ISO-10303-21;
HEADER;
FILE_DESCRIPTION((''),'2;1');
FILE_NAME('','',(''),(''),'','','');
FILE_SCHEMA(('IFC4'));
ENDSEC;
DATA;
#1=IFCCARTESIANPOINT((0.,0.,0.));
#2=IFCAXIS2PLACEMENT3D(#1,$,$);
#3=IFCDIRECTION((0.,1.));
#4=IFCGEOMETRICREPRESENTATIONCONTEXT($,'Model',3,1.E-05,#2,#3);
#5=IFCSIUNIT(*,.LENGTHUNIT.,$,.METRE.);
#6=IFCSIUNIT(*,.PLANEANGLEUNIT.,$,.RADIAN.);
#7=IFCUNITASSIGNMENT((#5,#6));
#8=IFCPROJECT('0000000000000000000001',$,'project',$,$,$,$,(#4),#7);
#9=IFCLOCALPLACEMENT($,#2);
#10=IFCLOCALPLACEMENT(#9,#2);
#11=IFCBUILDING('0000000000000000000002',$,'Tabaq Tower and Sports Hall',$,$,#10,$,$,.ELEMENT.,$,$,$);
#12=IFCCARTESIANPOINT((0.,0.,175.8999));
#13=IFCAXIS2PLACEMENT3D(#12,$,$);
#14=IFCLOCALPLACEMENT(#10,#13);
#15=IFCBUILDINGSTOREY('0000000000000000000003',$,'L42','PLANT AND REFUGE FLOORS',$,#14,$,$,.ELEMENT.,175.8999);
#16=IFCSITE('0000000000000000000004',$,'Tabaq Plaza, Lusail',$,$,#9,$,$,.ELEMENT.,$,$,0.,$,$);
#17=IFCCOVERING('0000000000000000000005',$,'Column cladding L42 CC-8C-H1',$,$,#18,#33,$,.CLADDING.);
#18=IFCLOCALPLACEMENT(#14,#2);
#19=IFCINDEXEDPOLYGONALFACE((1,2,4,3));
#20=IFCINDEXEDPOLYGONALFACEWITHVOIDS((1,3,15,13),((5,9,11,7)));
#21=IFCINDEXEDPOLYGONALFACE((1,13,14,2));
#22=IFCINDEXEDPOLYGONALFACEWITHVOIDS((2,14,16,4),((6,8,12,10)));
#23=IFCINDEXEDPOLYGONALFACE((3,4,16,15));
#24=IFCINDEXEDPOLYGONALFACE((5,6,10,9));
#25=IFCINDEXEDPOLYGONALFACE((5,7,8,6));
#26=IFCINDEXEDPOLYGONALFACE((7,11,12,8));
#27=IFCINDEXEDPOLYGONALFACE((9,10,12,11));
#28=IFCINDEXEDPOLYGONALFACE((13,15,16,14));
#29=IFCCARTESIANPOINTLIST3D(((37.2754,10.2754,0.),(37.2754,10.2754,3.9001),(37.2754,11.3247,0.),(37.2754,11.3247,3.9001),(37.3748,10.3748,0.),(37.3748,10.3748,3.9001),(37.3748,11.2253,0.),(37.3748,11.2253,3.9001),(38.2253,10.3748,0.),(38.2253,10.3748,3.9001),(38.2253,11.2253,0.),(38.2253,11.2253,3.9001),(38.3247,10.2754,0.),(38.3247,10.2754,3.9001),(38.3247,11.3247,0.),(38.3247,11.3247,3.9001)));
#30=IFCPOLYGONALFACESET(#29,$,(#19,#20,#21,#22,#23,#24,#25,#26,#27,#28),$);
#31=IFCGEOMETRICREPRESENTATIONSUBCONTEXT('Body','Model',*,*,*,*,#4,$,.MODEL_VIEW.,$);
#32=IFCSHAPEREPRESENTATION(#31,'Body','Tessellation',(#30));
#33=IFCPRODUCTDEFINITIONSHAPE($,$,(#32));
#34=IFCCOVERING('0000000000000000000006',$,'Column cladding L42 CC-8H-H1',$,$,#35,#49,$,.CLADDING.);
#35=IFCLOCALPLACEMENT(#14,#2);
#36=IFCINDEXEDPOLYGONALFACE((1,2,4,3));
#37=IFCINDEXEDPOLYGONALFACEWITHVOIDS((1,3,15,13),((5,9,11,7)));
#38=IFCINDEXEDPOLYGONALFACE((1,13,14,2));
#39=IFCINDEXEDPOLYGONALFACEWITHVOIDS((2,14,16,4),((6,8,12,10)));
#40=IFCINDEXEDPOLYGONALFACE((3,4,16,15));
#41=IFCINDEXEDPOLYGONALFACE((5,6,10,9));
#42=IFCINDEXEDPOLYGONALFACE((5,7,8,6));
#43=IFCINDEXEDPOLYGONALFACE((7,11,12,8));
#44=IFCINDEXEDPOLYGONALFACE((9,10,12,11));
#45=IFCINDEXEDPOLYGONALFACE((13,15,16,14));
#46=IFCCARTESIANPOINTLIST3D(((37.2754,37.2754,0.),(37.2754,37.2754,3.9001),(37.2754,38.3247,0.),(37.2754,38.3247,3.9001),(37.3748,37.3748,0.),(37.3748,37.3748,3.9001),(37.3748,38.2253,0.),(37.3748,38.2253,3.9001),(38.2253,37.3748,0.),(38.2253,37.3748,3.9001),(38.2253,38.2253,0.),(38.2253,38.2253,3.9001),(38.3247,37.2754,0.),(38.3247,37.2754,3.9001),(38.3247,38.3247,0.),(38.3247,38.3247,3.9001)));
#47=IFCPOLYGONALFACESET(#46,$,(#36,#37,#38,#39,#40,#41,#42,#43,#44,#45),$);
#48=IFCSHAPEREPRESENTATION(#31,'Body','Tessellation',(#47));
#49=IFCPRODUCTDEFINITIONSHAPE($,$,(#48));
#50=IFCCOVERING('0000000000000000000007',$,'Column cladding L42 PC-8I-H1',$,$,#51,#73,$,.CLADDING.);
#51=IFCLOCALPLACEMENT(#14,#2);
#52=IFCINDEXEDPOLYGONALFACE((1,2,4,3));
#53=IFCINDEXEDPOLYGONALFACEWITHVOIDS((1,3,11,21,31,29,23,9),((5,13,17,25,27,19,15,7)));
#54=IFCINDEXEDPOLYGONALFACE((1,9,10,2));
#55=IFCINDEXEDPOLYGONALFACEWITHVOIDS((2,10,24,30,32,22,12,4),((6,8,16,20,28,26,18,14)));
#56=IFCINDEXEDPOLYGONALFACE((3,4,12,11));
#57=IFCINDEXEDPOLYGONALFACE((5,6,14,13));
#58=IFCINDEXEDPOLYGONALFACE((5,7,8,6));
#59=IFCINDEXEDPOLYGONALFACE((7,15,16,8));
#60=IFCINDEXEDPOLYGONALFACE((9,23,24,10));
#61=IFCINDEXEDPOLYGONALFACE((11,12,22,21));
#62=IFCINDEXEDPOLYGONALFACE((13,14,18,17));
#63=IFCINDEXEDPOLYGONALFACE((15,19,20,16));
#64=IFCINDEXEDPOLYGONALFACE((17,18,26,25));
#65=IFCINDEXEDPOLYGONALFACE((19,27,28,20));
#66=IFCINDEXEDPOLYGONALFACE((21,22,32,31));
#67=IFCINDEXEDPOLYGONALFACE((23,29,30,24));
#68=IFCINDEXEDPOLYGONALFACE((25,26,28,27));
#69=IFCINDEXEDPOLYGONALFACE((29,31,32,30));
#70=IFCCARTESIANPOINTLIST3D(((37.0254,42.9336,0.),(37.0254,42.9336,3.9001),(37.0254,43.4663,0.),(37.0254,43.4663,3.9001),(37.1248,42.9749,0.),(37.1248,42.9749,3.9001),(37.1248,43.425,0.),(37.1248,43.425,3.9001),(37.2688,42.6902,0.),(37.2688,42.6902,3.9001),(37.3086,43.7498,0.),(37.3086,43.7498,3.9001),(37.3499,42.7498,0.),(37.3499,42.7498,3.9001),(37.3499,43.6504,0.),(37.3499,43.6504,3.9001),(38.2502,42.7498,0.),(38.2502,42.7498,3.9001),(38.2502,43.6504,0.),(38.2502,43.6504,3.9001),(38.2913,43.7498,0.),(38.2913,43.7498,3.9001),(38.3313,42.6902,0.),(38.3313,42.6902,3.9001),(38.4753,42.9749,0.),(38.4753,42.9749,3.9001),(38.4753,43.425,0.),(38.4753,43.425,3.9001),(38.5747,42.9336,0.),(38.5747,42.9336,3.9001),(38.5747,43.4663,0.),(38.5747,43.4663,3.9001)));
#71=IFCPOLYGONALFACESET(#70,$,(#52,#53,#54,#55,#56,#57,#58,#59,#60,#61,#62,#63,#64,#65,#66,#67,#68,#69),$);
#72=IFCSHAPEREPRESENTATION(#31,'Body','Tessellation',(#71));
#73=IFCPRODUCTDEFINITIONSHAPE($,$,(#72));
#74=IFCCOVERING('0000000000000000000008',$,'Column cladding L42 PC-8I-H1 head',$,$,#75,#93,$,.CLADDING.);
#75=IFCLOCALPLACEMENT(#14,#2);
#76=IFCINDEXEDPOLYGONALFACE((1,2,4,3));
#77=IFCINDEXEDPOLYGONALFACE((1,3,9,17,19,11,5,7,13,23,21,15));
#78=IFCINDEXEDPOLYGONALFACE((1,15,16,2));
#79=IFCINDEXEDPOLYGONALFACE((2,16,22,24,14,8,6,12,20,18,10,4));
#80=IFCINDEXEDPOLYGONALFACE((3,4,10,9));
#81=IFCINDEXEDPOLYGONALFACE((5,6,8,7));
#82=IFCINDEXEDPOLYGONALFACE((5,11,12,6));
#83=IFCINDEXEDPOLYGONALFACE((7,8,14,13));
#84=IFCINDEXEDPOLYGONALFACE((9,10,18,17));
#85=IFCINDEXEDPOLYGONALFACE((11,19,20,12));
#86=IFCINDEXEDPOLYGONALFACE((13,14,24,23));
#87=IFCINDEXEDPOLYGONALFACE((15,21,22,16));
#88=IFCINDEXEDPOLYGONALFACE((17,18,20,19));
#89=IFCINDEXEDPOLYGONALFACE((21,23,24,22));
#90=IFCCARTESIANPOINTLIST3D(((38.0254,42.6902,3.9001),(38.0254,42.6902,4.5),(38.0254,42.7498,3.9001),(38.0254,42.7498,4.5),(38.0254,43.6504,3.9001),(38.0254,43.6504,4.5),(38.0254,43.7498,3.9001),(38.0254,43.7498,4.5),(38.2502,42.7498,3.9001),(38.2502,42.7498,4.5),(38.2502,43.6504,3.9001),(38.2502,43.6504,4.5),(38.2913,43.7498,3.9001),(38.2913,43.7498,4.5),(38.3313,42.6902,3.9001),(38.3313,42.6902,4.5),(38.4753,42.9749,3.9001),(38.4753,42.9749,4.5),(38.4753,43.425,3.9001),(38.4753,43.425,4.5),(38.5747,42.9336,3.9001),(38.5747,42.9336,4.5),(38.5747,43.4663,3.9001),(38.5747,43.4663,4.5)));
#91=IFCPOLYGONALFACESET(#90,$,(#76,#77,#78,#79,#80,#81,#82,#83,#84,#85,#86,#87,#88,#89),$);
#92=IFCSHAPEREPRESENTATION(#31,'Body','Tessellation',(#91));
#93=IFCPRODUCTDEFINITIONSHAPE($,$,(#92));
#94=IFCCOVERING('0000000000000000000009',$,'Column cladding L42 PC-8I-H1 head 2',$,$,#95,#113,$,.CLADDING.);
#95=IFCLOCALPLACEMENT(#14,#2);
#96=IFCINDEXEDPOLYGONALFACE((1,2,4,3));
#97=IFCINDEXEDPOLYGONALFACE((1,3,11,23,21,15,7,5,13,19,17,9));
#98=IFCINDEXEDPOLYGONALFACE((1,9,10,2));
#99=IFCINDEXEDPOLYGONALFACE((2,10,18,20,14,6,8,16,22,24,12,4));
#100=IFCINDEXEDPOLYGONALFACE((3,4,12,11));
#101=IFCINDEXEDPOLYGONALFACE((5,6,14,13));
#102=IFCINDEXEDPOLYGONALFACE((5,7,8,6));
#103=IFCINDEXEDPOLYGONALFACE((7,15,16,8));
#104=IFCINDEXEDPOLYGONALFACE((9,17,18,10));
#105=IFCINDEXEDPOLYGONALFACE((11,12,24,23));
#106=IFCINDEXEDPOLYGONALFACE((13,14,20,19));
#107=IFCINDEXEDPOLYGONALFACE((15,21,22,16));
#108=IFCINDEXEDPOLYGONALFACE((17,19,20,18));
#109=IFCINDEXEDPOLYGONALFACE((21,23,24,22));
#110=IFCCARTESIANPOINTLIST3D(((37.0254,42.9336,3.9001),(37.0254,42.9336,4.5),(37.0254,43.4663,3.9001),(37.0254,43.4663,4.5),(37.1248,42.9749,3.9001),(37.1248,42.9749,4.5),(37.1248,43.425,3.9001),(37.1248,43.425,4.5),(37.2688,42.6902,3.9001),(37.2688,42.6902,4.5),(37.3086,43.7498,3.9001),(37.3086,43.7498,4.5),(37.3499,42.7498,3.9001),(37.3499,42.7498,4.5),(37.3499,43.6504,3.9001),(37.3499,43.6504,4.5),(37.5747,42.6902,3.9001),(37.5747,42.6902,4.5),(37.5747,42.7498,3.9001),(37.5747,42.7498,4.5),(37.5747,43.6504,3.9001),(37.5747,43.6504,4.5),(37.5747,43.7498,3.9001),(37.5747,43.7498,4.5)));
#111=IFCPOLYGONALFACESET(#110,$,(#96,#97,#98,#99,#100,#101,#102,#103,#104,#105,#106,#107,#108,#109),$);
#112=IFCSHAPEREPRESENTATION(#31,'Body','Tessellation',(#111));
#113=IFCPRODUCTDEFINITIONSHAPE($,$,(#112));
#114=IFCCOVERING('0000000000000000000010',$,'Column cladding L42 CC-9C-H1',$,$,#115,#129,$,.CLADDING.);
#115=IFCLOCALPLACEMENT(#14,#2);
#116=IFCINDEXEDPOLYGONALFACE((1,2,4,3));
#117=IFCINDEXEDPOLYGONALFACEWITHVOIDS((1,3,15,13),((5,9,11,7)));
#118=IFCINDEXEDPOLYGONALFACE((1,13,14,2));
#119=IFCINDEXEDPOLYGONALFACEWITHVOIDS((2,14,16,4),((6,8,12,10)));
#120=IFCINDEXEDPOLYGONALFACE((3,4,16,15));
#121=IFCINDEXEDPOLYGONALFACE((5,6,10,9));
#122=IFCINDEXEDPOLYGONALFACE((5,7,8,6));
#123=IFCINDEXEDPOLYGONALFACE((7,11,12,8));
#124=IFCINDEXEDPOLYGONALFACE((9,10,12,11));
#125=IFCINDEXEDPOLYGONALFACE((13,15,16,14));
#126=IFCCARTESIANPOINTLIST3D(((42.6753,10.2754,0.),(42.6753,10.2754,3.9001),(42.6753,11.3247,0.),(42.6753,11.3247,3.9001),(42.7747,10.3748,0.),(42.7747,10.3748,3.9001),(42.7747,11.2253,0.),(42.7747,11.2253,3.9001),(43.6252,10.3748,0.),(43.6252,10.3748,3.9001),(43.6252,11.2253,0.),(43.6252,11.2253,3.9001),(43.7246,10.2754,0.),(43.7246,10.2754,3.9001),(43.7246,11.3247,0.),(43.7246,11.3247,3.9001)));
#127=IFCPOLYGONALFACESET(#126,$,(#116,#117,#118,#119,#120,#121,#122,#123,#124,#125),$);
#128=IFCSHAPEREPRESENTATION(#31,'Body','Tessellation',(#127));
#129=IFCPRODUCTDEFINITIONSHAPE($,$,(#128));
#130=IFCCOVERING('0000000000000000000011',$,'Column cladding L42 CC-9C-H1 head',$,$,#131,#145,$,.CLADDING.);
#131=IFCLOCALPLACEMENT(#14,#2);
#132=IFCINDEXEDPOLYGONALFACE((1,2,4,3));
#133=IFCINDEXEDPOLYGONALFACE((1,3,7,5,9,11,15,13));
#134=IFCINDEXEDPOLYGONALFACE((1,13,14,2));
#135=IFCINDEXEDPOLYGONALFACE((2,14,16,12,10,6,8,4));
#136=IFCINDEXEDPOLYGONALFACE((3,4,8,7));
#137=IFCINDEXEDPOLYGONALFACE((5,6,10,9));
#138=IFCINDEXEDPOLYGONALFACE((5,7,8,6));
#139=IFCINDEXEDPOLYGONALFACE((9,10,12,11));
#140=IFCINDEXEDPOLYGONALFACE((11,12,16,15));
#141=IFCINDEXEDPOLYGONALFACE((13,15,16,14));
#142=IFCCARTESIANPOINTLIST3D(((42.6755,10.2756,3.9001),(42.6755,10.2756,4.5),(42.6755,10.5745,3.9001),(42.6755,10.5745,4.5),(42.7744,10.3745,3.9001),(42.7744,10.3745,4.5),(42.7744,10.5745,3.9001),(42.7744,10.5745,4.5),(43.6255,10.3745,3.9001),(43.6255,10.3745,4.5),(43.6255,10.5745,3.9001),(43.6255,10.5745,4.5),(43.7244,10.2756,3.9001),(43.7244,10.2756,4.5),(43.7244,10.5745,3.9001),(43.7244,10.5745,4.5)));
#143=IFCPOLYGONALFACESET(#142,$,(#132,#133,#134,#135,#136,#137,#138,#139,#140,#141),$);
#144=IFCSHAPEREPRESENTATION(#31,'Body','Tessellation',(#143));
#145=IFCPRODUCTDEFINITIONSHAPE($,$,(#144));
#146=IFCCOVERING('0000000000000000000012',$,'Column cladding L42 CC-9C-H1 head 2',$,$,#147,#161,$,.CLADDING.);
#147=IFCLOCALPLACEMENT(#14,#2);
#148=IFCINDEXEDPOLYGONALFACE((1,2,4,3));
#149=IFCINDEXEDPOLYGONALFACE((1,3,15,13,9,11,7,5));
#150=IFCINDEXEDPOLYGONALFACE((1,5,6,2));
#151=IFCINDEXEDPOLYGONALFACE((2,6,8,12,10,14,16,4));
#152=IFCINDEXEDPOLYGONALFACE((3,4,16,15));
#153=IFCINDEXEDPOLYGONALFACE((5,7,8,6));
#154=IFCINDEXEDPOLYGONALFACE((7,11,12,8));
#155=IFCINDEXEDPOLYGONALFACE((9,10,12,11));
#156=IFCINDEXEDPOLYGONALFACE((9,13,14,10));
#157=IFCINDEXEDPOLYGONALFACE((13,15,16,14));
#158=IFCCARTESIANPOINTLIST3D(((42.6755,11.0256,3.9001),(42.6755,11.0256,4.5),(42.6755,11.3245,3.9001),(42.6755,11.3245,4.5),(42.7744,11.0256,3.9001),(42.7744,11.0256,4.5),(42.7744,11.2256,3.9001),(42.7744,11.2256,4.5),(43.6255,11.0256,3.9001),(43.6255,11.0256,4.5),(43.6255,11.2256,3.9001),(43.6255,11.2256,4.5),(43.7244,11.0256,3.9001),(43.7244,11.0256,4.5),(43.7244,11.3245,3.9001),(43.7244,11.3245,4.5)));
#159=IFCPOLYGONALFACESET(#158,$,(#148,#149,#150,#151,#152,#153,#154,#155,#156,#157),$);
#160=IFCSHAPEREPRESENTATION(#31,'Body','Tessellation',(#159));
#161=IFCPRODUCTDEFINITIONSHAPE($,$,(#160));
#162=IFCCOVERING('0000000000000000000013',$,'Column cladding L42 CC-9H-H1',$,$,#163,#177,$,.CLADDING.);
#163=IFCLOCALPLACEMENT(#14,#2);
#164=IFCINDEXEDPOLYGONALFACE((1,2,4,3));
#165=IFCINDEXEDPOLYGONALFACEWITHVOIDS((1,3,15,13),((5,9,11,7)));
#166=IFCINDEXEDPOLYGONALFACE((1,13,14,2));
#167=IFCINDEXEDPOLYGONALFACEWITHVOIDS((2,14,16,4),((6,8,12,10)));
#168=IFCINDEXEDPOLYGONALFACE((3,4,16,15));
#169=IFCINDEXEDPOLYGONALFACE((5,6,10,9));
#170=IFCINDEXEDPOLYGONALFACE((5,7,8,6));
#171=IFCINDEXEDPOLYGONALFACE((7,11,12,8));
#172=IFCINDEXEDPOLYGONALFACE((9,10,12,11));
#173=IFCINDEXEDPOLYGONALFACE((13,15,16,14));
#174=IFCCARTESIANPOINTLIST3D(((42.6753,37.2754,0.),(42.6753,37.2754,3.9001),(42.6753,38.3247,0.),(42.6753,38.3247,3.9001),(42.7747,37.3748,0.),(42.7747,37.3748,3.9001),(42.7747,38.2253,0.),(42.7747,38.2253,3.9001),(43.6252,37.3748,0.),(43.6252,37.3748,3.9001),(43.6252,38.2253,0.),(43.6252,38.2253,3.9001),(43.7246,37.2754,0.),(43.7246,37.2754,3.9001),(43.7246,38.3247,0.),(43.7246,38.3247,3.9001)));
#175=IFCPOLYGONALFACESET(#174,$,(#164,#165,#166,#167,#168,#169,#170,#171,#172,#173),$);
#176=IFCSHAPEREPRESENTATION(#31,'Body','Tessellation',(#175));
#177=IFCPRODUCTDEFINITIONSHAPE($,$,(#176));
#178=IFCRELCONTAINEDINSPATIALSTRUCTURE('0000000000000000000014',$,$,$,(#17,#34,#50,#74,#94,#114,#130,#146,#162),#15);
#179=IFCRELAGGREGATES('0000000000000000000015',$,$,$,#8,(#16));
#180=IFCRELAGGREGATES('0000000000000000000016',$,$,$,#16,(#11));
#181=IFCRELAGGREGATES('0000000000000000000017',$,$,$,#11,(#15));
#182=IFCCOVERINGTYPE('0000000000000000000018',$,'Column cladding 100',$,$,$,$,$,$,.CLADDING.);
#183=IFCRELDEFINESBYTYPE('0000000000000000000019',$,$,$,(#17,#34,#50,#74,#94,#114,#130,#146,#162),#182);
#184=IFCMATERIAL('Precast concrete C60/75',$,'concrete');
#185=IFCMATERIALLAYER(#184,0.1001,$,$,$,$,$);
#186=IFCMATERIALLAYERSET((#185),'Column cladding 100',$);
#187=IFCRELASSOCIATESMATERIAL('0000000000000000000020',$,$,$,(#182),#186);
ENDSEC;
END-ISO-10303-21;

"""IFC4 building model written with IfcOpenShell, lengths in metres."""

from ifc_helpers import new_model, si_unit, direction, frame, origin, place, context, subcontext, project, spatial, polyline, outline, extrude, material, layer, layer_set, type_object, element, save


model = new_model("IFC4")

# Units and contexts
model_context = context("Model", 3, precision=1e-05, world=origin(), true_north=direction((0.0, 1.0)))
body_context = subcontext(model_context, "Body", "Model", "MODEL_VIEW")
ifc_project = project(units=[si_unit("LENGTHUNIT", "METRE"), si_unit("PLANEANGLEUNIT", "RADIAN")], contexts=[model_context])

# Site, building, storey
site_placement = place(None, origin())
site = spatial("IfcSite", under=ifc_project, at=site_placement, Name="Tabaq Plaza, Lusail", CompositionType="ELEMENT", RefElevation=0.0)
building_placement = place(site_placement, origin())
building = spatial("IfcBuilding", under=site, at=building_placement, Name="Tabaq Tower and Sports Hall", CompositionType="ELEMENT")
storey_placement = place(building_placement, frame((0.0, 0.0, 175.8999)))
storey = spatial("IfcBuildingStorey", under=building, at=storey_placement, Name="L42", Description="PLANT AND REFUGE FLOORS", CompositionType="ELEMENT", Elevation=175.8999)

# Coverings
ifc_material_1 = material(Name="Precast concrete C60/75", Category="concrete")
ifc_layer_1 = layer(ifc_material_1, 0.1001)
ifc_layer_set_1 = layer_set([ifc_layer_1], Name="Column cladding 100")
covering_type_1 = type_object("IfcCoveringType", Name="Column cladding 100", PredefinedType="CLADDING", material=ifc_layer_set_1)
covering_1_placement = place(storey_placement, origin())
element("IfcCovering", 1, at=covering_1_placement, inside=storey, type_object=covering_type_1, Name="Column cladding L42 CC-8C-H1", PredefinedType="CLADDING", context=body_context, shape_type="SweptSolid", body=[
    extrude(outline(polyline([(37.2754, 11.3247), (38.3247, 11.3247), (38.3247, 10.2754), (37.2754, 10.2754), (37.2754, 11.3247)]), holes=[polyline([(38.2253, 10.3748), (38.2253, 11.2253), (37.3748, 11.2253), (37.3748, 10.3748), (38.2253, 10.3748)])]), origin(), (0.0, 0.0, 1.0), 3.9001),
])
covering_2_placement = place(storey_placement, origin())
element("IfcCovering", 2, at=covering_2_placement, inside=storey, type_object=covering_type_1, Name="Column cladding L42 CC-8H-H1", PredefinedType="CLADDING", context=body_context, shape_type="SweptSolid", body=[
    extrude(outline(polyline([(37.2754, 38.3247), (38.3247, 38.3247), (38.3247, 37.2754), (37.2754, 37.2754), (37.2754, 38.3247)]), holes=[polyline([(38.2253, 37.3748), (38.2253, 38.2253), (37.3748, 38.2253), (37.3748, 37.3748), (38.2253, 37.3748)])]), origin(), (0.0, 0.0, 1.0), 3.9001),
])
covering_3_placement = place(storey_placement, origin())
element("IfcCovering", 3, at=covering_3_placement, inside=storey, type_object=covering_type_1, Name="Column cladding L42 PC-8I-H1", PredefinedType="CLADDING", context=body_context, shape_type="SweptSolid", body=[
    extrude(outline(polyline([(37.0254, 43.4663), (37.3086, 43.7498), (38.2913, 43.7498), (38.5747, 43.4663), (38.5747, 42.9336), (38.3313, 42.6902), (37.2688, 42.6902), (37.0254, 42.9336), (37.0254, 43.4663)]), holes=[polyline([(38.4753, 42.9749), (38.4753, 43.425), (38.2502, 43.6504), (37.3499, 43.6504), (37.1248, 43.425), (37.1248, 42.9749), (37.3499, 42.7498), (38.2502, 42.7498), (38.4753, 42.9749)])]), origin(), (0.0, 0.0, 1.0), 3.9001),
])
covering_4_placement = place(storey_placement, frame((0.0, 0.0, 3.9001)))
element("IfcCovering", 4, at=covering_4_placement, inside=storey, type_object=covering_type_1, Name="Column cladding L42 PC-8I-H1 head", PredefinedType="CLADDING", context=body_context, shape_type="SweptSolid", body=[
    extrude(outline(polyline([(38.2913, 43.7498), (38.5747, 43.4663), (38.5747, 42.9336), (38.3313, 42.6902), (38.0254, 42.6902), (38.0254, 42.7498), (38.2502, 42.7498), (38.4753, 42.9749), (38.4753, 43.425), (38.2502, 43.6504), (38.0254, 43.6504), (38.0254, 43.7498), (38.2913, 43.7498)])), origin(), (0.0, 0.0, 1.0), 0.5999),
])
covering_5_placement = place(storey_placement, frame((0.0, 0.0, 3.9001)))
element("IfcCovering", 5, at=covering_5_placement, inside=storey, type_object=covering_type_1, Name="Column cladding L42 PC-8I-H1 head 2", PredefinedType="CLADDING", context=body_context, shape_type="SweptSolid", body=[
    extrude(outline(polyline([(37.3086, 43.7498), (37.5747, 43.7498), (37.5747, 43.6504), (37.3499, 43.6504), (37.1248, 43.425), (37.1248, 42.9749), (37.3499, 42.7498), (37.5747, 42.7498), (37.5747, 42.6902), (37.2688, 42.6902), (37.0254, 42.9336), (37.0254, 43.4663), (37.3086, 43.7498)])), origin(), (0.0, 0.0, 1.0), 0.5999),
])
covering_6_placement = place(storey_placement, origin())
element("IfcCovering", 6, at=covering_6_placement, inside=storey, type_object=covering_type_1, Name="Column cladding L42 CC-9C-H1", PredefinedType="CLADDING", context=body_context, shape_type="SweptSolid", body=[
    extrude(outline(polyline([(42.6753, 11.3247), (43.7246, 11.3247), (43.7246, 10.2754), (42.6753, 10.2754), (42.6753, 11.3247)]), holes=[polyline([(43.6252, 10.3748), (43.6252, 11.2253), (42.7747, 11.2253), (42.7747, 10.3748), (43.6252, 10.3748)])]), origin(), (0.0, 0.0, 1.0), 3.9001),
])
covering_7_placement = place(storey_placement, frame((0.0, 0.0, 3.9001)))
element("IfcCovering", 7, at=covering_7_placement, inside=storey, type_object=covering_type_1, Name="Column cladding L42 CC-9C-H1 head", PredefinedType="CLADDING", context=body_context, shape_type="SweptSolid", body=[
    extrude(outline(polyline([(42.7744, 10.5745), (42.7744, 10.3745), (43.6255, 10.3745), (43.6255, 10.5745), (43.7244, 10.5745), (43.7244, 10.2756), (42.6755, 10.2756), (42.6755, 10.5745), (42.7744, 10.5745)])), origin(), (0.0, 0.0, 1.0), 0.5999),
])
covering_8_placement = place(storey_placement, frame((0.0, 0.0, 3.9001)))
element("IfcCovering", 8, at=covering_8_placement, inside=storey, type_object=covering_type_1, Name="Column cladding L42 CC-9C-H1 head 2", PredefinedType="CLADDING", context=body_context, shape_type="SweptSolid", body=[
    extrude(outline(polyline([(42.7744, 11.0256), (42.6755, 11.0256), (42.6755, 11.3245), (43.7244, 11.3245), (43.7244, 11.0256), (43.6255, 11.0256), (43.6255, 11.2256), (42.7744, 11.2256), (42.7744, 11.0256)])), origin(), (0.0, 0.0, 1.0), 0.5999),
])
covering_9_placement = place(storey_placement, origin())
element("IfcCovering", 9, at=covering_9_placement, inside=storey, type_object=covering_type_1, Name="Column cladding L42 CC-9H-H1", PredefinedType="CLADDING", context=body_context, shape_type="SweptSolid", body=[
    extrude(outline(polyline([(42.6753, 38.3247), (43.7246, 38.3247), (43.7246, 37.2754), (42.6753, 37.2754), (42.6753, 38.3247)]), holes=[polyline([(43.6252, 37.3748), (43.6252, 38.2253), (42.7747, 38.2253), (42.7747, 37.3748), (43.6252, 37.3748)])]), origin(), (0.0, 0.0, 1.0), 3.9001),
])

save(model, "model.ifc")
